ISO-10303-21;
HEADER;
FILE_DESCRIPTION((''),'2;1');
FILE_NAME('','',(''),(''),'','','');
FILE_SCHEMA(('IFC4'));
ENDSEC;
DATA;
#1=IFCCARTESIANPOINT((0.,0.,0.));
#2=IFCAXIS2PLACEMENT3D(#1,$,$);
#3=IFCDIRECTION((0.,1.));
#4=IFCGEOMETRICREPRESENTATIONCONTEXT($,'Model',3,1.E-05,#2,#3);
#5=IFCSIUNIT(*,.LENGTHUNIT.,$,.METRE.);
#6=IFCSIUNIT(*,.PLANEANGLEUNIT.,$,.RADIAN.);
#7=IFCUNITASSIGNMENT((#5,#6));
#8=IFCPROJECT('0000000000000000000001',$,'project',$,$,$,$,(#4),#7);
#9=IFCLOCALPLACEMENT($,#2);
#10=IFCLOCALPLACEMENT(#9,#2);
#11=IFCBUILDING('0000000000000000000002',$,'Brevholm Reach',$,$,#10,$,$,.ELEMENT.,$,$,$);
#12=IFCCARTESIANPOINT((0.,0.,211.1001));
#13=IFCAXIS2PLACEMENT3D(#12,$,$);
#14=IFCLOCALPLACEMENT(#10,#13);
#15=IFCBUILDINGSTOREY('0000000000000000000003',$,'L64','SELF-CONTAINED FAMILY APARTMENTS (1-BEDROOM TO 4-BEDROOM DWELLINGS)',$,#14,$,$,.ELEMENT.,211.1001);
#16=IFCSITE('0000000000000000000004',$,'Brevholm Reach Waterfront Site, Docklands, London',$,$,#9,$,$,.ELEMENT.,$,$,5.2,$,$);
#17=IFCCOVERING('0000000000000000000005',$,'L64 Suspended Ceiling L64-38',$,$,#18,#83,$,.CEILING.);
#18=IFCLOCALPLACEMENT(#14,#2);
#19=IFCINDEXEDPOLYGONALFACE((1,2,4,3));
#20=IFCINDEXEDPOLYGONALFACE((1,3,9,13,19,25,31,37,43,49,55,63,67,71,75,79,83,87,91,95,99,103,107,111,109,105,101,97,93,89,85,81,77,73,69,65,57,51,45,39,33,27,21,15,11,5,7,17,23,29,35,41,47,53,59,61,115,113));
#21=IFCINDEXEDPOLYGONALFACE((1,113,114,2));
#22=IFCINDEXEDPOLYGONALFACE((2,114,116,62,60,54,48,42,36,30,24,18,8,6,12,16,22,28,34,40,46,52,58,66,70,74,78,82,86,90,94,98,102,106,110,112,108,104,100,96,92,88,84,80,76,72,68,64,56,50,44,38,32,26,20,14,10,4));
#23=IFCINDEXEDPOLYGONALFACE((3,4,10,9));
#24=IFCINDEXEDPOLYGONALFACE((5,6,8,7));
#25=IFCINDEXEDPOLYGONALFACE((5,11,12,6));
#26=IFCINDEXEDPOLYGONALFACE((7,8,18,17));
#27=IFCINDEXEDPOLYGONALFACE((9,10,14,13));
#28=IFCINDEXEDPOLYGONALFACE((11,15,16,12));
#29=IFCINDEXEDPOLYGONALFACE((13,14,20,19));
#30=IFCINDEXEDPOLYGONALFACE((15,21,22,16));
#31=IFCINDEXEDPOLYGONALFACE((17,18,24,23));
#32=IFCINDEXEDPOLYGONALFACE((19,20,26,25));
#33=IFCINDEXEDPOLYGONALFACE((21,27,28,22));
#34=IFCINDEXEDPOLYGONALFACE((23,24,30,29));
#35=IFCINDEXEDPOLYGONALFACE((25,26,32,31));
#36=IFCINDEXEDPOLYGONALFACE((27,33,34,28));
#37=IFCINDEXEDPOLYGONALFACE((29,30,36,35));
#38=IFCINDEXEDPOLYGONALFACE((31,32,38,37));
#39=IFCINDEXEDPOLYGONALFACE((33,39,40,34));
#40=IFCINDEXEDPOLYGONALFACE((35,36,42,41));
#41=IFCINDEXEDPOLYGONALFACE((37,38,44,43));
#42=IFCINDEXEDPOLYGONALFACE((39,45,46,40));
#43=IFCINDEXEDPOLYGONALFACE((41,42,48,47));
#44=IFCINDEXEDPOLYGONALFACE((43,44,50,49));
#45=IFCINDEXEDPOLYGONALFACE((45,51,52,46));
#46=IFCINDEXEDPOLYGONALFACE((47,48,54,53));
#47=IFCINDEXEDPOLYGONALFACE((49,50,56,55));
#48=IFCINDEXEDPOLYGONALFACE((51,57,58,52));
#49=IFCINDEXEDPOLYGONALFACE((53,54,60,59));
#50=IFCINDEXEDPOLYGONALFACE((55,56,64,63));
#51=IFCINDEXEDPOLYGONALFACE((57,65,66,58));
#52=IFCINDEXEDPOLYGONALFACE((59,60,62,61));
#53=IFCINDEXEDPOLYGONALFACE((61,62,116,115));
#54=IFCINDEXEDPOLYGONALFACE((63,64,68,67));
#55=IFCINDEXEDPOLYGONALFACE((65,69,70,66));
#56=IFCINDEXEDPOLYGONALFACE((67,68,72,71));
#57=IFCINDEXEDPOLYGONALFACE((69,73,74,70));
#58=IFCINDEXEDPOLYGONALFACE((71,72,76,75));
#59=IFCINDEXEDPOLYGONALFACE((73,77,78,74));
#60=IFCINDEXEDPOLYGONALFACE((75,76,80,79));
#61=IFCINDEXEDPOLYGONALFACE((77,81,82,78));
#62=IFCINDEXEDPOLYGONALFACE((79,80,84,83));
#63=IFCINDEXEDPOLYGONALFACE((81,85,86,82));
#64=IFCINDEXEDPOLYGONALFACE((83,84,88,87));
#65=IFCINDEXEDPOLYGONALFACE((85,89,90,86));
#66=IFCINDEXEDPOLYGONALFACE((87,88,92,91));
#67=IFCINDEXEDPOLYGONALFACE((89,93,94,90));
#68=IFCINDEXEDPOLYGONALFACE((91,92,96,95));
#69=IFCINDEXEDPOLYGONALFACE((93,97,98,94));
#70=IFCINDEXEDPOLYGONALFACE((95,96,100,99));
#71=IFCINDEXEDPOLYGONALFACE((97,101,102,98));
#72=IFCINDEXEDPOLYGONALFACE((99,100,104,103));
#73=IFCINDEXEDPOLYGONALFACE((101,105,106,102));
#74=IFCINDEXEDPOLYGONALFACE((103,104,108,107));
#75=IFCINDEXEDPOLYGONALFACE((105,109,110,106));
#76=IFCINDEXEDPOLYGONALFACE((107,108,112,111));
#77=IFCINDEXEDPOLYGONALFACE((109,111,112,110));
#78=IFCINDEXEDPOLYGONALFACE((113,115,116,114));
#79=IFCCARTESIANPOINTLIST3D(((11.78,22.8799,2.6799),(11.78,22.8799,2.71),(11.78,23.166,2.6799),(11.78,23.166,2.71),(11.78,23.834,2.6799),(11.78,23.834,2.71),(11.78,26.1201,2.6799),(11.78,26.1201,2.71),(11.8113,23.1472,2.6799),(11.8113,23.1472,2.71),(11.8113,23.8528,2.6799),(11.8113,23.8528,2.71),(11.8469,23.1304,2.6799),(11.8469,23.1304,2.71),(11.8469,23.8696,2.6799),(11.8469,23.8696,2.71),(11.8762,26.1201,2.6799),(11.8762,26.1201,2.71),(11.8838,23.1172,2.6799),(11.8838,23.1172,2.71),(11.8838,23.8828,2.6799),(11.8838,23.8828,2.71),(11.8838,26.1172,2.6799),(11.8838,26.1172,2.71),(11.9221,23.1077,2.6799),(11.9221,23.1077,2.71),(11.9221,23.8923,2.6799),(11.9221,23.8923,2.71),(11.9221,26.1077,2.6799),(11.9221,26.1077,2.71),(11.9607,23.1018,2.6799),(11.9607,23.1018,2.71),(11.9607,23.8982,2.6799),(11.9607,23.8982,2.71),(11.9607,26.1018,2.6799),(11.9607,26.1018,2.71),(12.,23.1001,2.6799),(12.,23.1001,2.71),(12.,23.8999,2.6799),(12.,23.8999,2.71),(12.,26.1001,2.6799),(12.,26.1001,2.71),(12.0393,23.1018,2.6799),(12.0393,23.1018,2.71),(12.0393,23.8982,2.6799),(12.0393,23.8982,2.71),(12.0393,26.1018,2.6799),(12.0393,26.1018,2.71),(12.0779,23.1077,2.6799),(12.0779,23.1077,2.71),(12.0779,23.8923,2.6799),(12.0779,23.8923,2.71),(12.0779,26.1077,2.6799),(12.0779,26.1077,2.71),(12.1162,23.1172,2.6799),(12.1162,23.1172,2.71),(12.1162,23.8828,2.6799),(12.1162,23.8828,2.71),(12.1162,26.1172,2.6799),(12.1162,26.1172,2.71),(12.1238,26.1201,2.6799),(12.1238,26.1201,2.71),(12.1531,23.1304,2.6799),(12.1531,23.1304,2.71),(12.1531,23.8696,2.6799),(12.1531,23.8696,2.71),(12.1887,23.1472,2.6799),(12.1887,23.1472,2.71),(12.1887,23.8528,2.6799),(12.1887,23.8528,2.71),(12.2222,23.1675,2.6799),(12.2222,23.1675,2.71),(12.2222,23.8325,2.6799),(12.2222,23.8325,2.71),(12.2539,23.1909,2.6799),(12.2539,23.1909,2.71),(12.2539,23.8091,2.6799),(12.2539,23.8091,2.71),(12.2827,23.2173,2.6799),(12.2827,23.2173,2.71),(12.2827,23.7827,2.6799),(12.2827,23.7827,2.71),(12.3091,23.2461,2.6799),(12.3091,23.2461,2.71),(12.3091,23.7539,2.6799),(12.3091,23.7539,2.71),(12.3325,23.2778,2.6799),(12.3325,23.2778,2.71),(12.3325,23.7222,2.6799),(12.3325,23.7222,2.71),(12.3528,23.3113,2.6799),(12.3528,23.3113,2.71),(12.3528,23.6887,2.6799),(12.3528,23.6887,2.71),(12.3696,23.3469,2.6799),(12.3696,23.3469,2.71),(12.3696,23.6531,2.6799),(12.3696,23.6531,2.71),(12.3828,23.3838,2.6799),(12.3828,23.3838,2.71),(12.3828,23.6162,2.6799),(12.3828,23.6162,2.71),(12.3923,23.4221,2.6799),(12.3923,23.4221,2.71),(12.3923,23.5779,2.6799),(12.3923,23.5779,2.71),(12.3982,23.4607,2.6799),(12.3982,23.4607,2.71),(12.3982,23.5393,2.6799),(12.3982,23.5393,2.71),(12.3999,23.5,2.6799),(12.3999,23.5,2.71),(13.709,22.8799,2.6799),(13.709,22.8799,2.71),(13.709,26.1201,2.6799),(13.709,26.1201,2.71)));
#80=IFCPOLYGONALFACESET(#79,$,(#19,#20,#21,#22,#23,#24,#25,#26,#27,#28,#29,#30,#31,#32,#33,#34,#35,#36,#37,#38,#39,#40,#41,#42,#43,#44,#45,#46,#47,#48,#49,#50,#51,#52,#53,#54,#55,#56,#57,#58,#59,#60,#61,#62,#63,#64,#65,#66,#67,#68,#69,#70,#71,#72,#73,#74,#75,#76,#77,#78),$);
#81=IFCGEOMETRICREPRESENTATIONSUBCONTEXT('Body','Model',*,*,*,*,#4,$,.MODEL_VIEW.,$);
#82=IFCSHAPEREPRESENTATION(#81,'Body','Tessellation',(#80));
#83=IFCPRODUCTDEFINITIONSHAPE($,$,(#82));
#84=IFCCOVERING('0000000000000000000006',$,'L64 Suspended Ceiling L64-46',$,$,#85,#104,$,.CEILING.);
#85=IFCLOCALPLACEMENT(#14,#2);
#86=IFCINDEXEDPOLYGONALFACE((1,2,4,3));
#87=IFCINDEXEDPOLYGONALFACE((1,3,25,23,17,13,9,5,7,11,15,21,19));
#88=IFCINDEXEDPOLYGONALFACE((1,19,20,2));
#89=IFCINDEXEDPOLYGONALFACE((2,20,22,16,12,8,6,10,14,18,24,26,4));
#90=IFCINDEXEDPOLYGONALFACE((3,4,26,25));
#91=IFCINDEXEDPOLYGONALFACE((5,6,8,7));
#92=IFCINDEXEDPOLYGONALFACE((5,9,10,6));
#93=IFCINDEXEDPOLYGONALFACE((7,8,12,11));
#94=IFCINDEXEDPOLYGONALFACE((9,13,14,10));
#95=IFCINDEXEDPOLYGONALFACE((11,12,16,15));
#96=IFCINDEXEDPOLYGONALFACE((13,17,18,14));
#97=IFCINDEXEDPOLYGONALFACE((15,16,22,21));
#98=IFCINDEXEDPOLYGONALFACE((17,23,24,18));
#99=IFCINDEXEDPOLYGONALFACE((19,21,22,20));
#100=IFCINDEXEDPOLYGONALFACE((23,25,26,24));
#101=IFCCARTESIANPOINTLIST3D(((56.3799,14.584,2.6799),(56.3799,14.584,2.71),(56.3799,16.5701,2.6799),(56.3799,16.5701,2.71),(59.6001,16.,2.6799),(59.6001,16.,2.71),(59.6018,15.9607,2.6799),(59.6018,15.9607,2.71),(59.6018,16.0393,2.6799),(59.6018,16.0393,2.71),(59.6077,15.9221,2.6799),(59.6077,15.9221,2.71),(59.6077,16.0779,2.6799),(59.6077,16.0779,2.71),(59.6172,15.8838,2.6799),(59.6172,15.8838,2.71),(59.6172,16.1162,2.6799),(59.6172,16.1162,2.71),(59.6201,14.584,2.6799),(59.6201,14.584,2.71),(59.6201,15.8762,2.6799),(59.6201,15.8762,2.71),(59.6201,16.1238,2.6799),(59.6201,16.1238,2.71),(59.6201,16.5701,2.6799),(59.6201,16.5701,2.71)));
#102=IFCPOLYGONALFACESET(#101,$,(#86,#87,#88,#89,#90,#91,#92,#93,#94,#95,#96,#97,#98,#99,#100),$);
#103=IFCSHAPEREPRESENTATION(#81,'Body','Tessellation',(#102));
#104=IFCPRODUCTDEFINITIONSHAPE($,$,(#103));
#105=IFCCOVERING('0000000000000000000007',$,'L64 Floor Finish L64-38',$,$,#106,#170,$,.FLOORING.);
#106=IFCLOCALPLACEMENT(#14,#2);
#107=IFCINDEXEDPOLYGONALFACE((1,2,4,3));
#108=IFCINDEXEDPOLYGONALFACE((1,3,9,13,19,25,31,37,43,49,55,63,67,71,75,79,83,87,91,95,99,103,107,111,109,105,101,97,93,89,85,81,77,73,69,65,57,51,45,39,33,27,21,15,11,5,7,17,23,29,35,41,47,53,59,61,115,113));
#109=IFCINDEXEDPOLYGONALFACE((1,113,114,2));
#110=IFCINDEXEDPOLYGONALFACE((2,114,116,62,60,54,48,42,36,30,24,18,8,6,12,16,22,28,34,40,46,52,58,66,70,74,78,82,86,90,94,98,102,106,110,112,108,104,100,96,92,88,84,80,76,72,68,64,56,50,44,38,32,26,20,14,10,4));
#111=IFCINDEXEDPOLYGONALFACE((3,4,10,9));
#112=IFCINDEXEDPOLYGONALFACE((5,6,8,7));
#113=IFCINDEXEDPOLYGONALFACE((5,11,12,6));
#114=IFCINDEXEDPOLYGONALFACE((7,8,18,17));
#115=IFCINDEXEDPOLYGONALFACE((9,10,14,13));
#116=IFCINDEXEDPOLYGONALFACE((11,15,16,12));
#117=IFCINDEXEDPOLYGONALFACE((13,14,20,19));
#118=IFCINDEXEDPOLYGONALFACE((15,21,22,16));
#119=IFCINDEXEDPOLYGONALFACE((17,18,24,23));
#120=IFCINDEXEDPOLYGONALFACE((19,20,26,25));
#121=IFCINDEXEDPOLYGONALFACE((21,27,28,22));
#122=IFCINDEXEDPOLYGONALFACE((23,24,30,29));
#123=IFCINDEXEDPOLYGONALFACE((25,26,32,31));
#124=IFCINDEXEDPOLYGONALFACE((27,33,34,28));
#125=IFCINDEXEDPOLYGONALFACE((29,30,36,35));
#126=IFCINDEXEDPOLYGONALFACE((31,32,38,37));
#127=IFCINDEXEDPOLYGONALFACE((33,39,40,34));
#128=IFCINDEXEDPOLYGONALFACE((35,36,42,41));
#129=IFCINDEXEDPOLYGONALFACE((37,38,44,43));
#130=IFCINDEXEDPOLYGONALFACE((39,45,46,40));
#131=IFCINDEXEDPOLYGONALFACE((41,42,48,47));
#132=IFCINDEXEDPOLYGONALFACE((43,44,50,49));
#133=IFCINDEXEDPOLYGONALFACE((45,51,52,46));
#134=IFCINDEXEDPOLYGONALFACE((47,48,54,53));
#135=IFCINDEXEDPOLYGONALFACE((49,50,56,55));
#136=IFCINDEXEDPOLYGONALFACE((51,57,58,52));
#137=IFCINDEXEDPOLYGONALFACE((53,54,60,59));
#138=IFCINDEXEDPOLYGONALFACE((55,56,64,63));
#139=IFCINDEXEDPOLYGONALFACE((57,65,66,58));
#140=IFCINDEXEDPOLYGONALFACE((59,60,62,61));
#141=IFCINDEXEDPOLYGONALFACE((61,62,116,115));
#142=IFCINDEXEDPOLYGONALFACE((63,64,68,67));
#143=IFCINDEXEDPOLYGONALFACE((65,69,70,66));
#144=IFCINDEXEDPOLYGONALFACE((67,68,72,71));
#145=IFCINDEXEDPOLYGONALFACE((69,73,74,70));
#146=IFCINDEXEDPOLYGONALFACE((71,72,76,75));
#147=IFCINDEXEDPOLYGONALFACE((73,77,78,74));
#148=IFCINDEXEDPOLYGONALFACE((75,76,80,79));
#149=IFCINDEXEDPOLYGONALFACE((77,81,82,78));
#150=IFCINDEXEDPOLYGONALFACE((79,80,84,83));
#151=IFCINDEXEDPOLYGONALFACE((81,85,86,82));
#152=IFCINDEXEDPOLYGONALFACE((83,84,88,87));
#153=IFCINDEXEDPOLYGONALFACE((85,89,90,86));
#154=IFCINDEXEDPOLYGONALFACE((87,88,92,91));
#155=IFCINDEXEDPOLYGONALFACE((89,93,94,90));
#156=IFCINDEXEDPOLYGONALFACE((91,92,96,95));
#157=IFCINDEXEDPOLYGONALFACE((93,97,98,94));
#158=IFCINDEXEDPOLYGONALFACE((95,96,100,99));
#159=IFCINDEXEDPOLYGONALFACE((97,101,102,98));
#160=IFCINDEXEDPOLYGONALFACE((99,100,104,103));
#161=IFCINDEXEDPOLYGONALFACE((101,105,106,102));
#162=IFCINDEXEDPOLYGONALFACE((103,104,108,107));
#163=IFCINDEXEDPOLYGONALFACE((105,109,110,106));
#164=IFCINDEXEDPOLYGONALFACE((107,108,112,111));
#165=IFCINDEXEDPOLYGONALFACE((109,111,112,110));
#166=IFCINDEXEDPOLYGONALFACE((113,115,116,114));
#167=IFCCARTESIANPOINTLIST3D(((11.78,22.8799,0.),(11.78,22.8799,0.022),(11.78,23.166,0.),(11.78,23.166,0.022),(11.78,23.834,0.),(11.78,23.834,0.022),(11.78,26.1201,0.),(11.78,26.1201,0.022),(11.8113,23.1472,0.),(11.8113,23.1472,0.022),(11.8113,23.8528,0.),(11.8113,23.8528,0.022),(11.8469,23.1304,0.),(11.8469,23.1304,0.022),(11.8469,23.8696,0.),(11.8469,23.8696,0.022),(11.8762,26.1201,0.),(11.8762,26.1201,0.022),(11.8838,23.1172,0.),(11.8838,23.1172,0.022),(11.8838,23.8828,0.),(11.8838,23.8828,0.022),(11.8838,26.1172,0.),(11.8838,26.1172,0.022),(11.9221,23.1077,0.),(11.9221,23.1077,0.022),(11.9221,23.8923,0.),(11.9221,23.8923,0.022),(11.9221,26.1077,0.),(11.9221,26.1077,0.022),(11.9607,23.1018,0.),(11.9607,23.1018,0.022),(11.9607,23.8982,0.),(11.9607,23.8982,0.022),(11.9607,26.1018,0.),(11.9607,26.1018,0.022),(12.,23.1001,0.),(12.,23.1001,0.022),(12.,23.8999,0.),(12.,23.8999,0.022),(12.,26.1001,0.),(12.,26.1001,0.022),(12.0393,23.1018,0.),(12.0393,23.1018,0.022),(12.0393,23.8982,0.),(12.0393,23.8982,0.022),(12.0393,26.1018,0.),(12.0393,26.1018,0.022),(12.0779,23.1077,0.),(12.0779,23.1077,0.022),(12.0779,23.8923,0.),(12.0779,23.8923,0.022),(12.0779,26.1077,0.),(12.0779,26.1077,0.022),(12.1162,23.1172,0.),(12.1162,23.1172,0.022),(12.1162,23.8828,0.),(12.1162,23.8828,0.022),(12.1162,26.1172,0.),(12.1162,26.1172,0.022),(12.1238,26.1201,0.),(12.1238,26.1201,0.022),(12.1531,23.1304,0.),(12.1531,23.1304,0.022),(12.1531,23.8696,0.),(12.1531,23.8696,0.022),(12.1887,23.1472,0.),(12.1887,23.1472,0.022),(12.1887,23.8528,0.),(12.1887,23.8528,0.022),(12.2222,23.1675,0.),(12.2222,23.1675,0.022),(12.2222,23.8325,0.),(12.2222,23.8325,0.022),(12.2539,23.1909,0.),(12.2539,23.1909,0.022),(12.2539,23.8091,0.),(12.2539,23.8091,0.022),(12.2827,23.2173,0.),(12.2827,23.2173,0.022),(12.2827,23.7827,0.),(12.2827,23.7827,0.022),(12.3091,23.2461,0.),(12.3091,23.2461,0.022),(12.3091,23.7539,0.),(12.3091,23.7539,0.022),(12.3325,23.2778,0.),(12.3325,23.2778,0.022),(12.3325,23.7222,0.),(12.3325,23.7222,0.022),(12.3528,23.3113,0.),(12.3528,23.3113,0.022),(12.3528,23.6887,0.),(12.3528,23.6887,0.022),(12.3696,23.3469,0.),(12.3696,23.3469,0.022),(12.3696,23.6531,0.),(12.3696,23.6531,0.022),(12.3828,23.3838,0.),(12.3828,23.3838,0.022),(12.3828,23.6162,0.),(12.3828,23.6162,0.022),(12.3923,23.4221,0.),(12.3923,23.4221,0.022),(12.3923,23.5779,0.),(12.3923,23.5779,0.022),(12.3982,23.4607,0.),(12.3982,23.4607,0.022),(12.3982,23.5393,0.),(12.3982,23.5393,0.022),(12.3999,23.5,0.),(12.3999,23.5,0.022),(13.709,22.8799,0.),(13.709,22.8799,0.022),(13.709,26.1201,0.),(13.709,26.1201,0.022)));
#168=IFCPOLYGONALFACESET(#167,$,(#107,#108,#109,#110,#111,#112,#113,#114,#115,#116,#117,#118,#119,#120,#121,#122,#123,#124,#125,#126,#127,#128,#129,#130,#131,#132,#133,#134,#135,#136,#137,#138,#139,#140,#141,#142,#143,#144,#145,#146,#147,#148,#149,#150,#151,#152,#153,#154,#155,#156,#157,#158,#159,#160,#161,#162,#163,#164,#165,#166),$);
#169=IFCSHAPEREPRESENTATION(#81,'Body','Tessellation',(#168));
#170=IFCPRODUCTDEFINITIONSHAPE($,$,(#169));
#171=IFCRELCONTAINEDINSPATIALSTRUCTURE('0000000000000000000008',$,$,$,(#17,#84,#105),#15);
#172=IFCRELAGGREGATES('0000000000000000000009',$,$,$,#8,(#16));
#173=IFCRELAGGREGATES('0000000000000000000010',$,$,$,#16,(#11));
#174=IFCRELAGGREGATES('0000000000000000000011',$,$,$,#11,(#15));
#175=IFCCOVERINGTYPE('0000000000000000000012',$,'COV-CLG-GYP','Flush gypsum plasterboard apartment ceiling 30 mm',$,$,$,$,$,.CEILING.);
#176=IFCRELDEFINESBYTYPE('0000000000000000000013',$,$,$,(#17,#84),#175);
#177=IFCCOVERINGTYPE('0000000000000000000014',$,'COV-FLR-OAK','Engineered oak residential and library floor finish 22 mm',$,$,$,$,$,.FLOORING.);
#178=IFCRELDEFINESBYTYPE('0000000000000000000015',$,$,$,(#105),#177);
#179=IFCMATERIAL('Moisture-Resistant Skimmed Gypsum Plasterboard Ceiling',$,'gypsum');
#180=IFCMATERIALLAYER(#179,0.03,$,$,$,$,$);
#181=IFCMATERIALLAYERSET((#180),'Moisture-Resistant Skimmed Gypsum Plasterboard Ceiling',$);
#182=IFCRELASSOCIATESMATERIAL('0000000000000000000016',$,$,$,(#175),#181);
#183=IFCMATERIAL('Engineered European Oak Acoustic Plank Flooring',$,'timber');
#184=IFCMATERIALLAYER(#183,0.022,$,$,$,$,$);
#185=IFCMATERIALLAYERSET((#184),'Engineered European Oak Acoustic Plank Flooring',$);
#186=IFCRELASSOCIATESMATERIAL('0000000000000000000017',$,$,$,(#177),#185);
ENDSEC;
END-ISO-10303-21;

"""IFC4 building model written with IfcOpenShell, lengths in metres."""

from ifc_helpers import new_model, si_unit, direction, frame, origin, place, context, subcontext, project, spatial, polyline, outline, extrude, material, layer, layer_set, type_object, element, save


model = new_model("IFC4")

# Units and contexts
model_context = context("Model", 3, precision=1e-05, world=origin(), true_north=direction((0.0, 1.0)))
body_context = subcontext(model_context, "Body", "Model", "MODEL_VIEW")
ifc_project = project(units=[si_unit("LENGTHUNIT", "METRE"), si_unit("PLANEANGLEUNIT", "RADIAN")], contexts=[model_context])

# Site, building, storey
site_placement = place(None, origin())
site = spatial("IfcSite", under=ifc_project, at=site_placement, Name="Brevholm Reach Waterfront Site, Docklands, London", CompositionType="ELEMENT", RefElevation=5.2)
building_placement = place(site_placement, origin())
building = spatial("IfcBuilding", under=site, at=building_placement, Name="Brevholm Reach", CompositionType="ELEMENT")
storey_placement = place(building_placement, frame((0.0, 0.0, 211.1001)))
storey = spatial("IfcBuildingStorey", under=building, at=storey_placement, Name="L64", Description="SELF-CONTAINED FAMILY APARTMENTS (1-BEDROOM TO 4-BEDROOM DWELLINGS)", CompositionType="ELEMENT", Elevation=211.1001)

# Coverings
ifc_material_1 = material(Name="Moisture-Resistant Skimmed Gypsum Plasterboard Ceiling", Category="gypsum")
ifc_layer_1 = layer(ifc_material_1, 0.03)
ifc_layer_set_1 = layer_set([ifc_layer_1], Name="Moisture-Resistant Skimmed Gypsum Plasterboard Ceiling")
covering_type_1 = type_object("IfcCoveringType", Name="COV-CLG-GYP", Description="Flush gypsum plasterboard apartment ceiling 30 mm", PredefinedType="CEILING", material=ifc_layer_set_1)
covering_1_placement = place(storey_placement, frame((0.0, 0.0, 2.6799)))
element("IfcCovering", 1, at=covering_1_placement, inside=storey, type_object=covering_type_1, Name="L64 Suspended Ceiling L64-38", PredefinedType="CEILING", context=body_context, shape_type="SweptSolid", body=[
    extrude(outline(polyline([(11.78, 23.166), (11.8113, 23.1472), (11.8469, 23.1304), (11.8838, 23.1172), (11.9221, 23.1077), (11.9607, 23.1018), (12.0, 23.1001), (12.0393, 23.1018), (12.0779, 23.1077), (12.1162, 23.1172), (12.1531, 23.1304), (12.1887, 23.1472), (12.2222, 23.1675), (12.2539, 23.1909), (12.2827, 23.2173), (12.3091, 23.2461), (12.3325, 23.2778), (12.3528, 23.3113), (12.3696, 23.3469), (12.3828, 23.3838), (12.3923, 23.4221), (12.3982, 23.4607), (12.3999, 23.5), (12.3982, 23.5393), (12.3923, 23.5779), (12.3828, 23.6162), (12.3696, 23.6531), (12.3528, 23.6887), (12.3325, 23.7222), (12.3091, 23.7539), (12.2827, 23.7827), (12.2539, 23.8091), (12.2222, 23.8325), (12.1887, 23.8528), (12.1531, 23.8696), (12.1162, 23.8828), (12.0779, 23.8923), (12.0393, 23.8982), (12.0, 23.8999), (11.9607, 23.8982), (11.9221, 23.8923), (11.8838, 23.8828), (11.8469, 23.8696), (11.8113, 23.8528), (11.78, 23.834), (11.78, 26.1201), (11.8762, 26.1201), (11.8838, 26.1172), (11.9221, 26.1077), (11.9607, 26.1018), (12.0, 26.1001), (12.0393, 26.1018), (12.0779, 26.1077), (12.1162, 26.1172), (12.1238, 26.1201), (13.709, 26.1201), (13.709, 22.8799), (11.78, 22.8799), (11.78, 23.166)])), origin(), (0.0, 0.0, 1.0), 0.03),
])
covering_2_placement = place(storey_placement, frame((0.0, 0.0, 2.6799)))
element("IfcCovering", 2, at=covering_2_placement, inside=storey, type_object=covering_type_1, Name="L64 Suspended Ceiling L64-46", PredefinedType="CEILING", context=body_context, shape_type="SweptSolid", body=[
    extrude(outline(polyline([(56.3799, 16.5701), (59.6201, 16.5701), (59.6201, 16.1238), (59.6172, 16.1162), (59.6077, 16.0779), (59.6018, 16.0393), (59.6001, 16.0), (59.6018, 15.9607), (59.6077, 15.9221), (59.6172, 15.8838), (59.6201, 15.8762), (59.6201, 14.584), (56.3799, 14.584), (56.3799, 16.5701)])), origin(), (0.0, 0.0, 1.0), 0.03),
])
ifc_material_2 = material(Name="Engineered European Oak Acoustic Plank Flooring", Category="timber")
ifc_layer_2 = layer(ifc_material_2, 0.022)
ifc_layer_set_2 = layer_set([ifc_layer_2], Name="Engineered European Oak Acoustic Plank Flooring")
covering_type_2 = type_object("IfcCoveringType", Name="COV-FLR-OAK", Description="Engineered oak residential and library floor finish 22 mm", PredefinedType="FLOORING", material=ifc_layer_set_2)
covering_3_placement = place(storey_placement, origin())
element("IfcCovering", 3, at=covering_3_placement, inside=storey, type_object=covering_type_2, Name="L64 Floor Finish L64-38", PredefinedType="FLOORING", context=body_context, shape_type="SweptSolid", body=[
    extrude(outline(polyline([(11.78, 23.166), (11.8113, 23.1472), (11.8469, 23.1304), (11.8838, 23.1172), (11.9221, 23.1077), (11.9607, 23.1018), (12.0, 23.1001), (12.0393, 23.1018), (12.0779, 23.1077), (12.1162, 23.1172), (12.1531, 23.1304), (12.1887, 23.1472), (12.2222, 23.1675), (12.2539, 23.1909), (12.2827, 23.2173), (12.3091, 23.2461), (12.3325, 23.2778), (12.3528, 23.3113), (12.3696, 23.3469), (12.3828, 23.3838), (12.3923, 23.4221), (12.3982, 23.4607), (12.3999, 23.5), (12.3982, 23.5393), (12.3923, 23.5779), (12.3828, 23.6162), (12.3696, 23.6531), (12.3528, 23.6887), (12.3325, 23.7222), (12.3091, 23.7539), (12.2827, 23.7827), (12.2539, 23.8091), (12.2222, 23.8325), (12.1887, 23.8528), (12.1531, 23.8696), (12.1162, 23.8828), (12.0779, 23.8923), (12.0393, 23.8982), (12.0, 23.8999), (11.9607, 23.8982), (11.9221, 23.8923), (11.8838, 23.8828), (11.8469, 23.8696), (11.8113, 23.8528), (11.78, 23.834), (11.78, 26.1201), (11.8762, 26.1201), (11.8838, 26.1172), (11.9221, 26.1077), (11.9607, 26.1018), (12.0, 26.1001), (12.0393, 26.1018), (12.0779, 26.1077), (12.1162, 26.1172), (12.1238, 26.1201), (13.709, 26.1201), (13.709, 22.8799), (11.78, 22.8799), (11.78, 23.166)])), origin(), (0.0, 0.0, 1.0), 0.022),
])

save(model, "model.ifc")
